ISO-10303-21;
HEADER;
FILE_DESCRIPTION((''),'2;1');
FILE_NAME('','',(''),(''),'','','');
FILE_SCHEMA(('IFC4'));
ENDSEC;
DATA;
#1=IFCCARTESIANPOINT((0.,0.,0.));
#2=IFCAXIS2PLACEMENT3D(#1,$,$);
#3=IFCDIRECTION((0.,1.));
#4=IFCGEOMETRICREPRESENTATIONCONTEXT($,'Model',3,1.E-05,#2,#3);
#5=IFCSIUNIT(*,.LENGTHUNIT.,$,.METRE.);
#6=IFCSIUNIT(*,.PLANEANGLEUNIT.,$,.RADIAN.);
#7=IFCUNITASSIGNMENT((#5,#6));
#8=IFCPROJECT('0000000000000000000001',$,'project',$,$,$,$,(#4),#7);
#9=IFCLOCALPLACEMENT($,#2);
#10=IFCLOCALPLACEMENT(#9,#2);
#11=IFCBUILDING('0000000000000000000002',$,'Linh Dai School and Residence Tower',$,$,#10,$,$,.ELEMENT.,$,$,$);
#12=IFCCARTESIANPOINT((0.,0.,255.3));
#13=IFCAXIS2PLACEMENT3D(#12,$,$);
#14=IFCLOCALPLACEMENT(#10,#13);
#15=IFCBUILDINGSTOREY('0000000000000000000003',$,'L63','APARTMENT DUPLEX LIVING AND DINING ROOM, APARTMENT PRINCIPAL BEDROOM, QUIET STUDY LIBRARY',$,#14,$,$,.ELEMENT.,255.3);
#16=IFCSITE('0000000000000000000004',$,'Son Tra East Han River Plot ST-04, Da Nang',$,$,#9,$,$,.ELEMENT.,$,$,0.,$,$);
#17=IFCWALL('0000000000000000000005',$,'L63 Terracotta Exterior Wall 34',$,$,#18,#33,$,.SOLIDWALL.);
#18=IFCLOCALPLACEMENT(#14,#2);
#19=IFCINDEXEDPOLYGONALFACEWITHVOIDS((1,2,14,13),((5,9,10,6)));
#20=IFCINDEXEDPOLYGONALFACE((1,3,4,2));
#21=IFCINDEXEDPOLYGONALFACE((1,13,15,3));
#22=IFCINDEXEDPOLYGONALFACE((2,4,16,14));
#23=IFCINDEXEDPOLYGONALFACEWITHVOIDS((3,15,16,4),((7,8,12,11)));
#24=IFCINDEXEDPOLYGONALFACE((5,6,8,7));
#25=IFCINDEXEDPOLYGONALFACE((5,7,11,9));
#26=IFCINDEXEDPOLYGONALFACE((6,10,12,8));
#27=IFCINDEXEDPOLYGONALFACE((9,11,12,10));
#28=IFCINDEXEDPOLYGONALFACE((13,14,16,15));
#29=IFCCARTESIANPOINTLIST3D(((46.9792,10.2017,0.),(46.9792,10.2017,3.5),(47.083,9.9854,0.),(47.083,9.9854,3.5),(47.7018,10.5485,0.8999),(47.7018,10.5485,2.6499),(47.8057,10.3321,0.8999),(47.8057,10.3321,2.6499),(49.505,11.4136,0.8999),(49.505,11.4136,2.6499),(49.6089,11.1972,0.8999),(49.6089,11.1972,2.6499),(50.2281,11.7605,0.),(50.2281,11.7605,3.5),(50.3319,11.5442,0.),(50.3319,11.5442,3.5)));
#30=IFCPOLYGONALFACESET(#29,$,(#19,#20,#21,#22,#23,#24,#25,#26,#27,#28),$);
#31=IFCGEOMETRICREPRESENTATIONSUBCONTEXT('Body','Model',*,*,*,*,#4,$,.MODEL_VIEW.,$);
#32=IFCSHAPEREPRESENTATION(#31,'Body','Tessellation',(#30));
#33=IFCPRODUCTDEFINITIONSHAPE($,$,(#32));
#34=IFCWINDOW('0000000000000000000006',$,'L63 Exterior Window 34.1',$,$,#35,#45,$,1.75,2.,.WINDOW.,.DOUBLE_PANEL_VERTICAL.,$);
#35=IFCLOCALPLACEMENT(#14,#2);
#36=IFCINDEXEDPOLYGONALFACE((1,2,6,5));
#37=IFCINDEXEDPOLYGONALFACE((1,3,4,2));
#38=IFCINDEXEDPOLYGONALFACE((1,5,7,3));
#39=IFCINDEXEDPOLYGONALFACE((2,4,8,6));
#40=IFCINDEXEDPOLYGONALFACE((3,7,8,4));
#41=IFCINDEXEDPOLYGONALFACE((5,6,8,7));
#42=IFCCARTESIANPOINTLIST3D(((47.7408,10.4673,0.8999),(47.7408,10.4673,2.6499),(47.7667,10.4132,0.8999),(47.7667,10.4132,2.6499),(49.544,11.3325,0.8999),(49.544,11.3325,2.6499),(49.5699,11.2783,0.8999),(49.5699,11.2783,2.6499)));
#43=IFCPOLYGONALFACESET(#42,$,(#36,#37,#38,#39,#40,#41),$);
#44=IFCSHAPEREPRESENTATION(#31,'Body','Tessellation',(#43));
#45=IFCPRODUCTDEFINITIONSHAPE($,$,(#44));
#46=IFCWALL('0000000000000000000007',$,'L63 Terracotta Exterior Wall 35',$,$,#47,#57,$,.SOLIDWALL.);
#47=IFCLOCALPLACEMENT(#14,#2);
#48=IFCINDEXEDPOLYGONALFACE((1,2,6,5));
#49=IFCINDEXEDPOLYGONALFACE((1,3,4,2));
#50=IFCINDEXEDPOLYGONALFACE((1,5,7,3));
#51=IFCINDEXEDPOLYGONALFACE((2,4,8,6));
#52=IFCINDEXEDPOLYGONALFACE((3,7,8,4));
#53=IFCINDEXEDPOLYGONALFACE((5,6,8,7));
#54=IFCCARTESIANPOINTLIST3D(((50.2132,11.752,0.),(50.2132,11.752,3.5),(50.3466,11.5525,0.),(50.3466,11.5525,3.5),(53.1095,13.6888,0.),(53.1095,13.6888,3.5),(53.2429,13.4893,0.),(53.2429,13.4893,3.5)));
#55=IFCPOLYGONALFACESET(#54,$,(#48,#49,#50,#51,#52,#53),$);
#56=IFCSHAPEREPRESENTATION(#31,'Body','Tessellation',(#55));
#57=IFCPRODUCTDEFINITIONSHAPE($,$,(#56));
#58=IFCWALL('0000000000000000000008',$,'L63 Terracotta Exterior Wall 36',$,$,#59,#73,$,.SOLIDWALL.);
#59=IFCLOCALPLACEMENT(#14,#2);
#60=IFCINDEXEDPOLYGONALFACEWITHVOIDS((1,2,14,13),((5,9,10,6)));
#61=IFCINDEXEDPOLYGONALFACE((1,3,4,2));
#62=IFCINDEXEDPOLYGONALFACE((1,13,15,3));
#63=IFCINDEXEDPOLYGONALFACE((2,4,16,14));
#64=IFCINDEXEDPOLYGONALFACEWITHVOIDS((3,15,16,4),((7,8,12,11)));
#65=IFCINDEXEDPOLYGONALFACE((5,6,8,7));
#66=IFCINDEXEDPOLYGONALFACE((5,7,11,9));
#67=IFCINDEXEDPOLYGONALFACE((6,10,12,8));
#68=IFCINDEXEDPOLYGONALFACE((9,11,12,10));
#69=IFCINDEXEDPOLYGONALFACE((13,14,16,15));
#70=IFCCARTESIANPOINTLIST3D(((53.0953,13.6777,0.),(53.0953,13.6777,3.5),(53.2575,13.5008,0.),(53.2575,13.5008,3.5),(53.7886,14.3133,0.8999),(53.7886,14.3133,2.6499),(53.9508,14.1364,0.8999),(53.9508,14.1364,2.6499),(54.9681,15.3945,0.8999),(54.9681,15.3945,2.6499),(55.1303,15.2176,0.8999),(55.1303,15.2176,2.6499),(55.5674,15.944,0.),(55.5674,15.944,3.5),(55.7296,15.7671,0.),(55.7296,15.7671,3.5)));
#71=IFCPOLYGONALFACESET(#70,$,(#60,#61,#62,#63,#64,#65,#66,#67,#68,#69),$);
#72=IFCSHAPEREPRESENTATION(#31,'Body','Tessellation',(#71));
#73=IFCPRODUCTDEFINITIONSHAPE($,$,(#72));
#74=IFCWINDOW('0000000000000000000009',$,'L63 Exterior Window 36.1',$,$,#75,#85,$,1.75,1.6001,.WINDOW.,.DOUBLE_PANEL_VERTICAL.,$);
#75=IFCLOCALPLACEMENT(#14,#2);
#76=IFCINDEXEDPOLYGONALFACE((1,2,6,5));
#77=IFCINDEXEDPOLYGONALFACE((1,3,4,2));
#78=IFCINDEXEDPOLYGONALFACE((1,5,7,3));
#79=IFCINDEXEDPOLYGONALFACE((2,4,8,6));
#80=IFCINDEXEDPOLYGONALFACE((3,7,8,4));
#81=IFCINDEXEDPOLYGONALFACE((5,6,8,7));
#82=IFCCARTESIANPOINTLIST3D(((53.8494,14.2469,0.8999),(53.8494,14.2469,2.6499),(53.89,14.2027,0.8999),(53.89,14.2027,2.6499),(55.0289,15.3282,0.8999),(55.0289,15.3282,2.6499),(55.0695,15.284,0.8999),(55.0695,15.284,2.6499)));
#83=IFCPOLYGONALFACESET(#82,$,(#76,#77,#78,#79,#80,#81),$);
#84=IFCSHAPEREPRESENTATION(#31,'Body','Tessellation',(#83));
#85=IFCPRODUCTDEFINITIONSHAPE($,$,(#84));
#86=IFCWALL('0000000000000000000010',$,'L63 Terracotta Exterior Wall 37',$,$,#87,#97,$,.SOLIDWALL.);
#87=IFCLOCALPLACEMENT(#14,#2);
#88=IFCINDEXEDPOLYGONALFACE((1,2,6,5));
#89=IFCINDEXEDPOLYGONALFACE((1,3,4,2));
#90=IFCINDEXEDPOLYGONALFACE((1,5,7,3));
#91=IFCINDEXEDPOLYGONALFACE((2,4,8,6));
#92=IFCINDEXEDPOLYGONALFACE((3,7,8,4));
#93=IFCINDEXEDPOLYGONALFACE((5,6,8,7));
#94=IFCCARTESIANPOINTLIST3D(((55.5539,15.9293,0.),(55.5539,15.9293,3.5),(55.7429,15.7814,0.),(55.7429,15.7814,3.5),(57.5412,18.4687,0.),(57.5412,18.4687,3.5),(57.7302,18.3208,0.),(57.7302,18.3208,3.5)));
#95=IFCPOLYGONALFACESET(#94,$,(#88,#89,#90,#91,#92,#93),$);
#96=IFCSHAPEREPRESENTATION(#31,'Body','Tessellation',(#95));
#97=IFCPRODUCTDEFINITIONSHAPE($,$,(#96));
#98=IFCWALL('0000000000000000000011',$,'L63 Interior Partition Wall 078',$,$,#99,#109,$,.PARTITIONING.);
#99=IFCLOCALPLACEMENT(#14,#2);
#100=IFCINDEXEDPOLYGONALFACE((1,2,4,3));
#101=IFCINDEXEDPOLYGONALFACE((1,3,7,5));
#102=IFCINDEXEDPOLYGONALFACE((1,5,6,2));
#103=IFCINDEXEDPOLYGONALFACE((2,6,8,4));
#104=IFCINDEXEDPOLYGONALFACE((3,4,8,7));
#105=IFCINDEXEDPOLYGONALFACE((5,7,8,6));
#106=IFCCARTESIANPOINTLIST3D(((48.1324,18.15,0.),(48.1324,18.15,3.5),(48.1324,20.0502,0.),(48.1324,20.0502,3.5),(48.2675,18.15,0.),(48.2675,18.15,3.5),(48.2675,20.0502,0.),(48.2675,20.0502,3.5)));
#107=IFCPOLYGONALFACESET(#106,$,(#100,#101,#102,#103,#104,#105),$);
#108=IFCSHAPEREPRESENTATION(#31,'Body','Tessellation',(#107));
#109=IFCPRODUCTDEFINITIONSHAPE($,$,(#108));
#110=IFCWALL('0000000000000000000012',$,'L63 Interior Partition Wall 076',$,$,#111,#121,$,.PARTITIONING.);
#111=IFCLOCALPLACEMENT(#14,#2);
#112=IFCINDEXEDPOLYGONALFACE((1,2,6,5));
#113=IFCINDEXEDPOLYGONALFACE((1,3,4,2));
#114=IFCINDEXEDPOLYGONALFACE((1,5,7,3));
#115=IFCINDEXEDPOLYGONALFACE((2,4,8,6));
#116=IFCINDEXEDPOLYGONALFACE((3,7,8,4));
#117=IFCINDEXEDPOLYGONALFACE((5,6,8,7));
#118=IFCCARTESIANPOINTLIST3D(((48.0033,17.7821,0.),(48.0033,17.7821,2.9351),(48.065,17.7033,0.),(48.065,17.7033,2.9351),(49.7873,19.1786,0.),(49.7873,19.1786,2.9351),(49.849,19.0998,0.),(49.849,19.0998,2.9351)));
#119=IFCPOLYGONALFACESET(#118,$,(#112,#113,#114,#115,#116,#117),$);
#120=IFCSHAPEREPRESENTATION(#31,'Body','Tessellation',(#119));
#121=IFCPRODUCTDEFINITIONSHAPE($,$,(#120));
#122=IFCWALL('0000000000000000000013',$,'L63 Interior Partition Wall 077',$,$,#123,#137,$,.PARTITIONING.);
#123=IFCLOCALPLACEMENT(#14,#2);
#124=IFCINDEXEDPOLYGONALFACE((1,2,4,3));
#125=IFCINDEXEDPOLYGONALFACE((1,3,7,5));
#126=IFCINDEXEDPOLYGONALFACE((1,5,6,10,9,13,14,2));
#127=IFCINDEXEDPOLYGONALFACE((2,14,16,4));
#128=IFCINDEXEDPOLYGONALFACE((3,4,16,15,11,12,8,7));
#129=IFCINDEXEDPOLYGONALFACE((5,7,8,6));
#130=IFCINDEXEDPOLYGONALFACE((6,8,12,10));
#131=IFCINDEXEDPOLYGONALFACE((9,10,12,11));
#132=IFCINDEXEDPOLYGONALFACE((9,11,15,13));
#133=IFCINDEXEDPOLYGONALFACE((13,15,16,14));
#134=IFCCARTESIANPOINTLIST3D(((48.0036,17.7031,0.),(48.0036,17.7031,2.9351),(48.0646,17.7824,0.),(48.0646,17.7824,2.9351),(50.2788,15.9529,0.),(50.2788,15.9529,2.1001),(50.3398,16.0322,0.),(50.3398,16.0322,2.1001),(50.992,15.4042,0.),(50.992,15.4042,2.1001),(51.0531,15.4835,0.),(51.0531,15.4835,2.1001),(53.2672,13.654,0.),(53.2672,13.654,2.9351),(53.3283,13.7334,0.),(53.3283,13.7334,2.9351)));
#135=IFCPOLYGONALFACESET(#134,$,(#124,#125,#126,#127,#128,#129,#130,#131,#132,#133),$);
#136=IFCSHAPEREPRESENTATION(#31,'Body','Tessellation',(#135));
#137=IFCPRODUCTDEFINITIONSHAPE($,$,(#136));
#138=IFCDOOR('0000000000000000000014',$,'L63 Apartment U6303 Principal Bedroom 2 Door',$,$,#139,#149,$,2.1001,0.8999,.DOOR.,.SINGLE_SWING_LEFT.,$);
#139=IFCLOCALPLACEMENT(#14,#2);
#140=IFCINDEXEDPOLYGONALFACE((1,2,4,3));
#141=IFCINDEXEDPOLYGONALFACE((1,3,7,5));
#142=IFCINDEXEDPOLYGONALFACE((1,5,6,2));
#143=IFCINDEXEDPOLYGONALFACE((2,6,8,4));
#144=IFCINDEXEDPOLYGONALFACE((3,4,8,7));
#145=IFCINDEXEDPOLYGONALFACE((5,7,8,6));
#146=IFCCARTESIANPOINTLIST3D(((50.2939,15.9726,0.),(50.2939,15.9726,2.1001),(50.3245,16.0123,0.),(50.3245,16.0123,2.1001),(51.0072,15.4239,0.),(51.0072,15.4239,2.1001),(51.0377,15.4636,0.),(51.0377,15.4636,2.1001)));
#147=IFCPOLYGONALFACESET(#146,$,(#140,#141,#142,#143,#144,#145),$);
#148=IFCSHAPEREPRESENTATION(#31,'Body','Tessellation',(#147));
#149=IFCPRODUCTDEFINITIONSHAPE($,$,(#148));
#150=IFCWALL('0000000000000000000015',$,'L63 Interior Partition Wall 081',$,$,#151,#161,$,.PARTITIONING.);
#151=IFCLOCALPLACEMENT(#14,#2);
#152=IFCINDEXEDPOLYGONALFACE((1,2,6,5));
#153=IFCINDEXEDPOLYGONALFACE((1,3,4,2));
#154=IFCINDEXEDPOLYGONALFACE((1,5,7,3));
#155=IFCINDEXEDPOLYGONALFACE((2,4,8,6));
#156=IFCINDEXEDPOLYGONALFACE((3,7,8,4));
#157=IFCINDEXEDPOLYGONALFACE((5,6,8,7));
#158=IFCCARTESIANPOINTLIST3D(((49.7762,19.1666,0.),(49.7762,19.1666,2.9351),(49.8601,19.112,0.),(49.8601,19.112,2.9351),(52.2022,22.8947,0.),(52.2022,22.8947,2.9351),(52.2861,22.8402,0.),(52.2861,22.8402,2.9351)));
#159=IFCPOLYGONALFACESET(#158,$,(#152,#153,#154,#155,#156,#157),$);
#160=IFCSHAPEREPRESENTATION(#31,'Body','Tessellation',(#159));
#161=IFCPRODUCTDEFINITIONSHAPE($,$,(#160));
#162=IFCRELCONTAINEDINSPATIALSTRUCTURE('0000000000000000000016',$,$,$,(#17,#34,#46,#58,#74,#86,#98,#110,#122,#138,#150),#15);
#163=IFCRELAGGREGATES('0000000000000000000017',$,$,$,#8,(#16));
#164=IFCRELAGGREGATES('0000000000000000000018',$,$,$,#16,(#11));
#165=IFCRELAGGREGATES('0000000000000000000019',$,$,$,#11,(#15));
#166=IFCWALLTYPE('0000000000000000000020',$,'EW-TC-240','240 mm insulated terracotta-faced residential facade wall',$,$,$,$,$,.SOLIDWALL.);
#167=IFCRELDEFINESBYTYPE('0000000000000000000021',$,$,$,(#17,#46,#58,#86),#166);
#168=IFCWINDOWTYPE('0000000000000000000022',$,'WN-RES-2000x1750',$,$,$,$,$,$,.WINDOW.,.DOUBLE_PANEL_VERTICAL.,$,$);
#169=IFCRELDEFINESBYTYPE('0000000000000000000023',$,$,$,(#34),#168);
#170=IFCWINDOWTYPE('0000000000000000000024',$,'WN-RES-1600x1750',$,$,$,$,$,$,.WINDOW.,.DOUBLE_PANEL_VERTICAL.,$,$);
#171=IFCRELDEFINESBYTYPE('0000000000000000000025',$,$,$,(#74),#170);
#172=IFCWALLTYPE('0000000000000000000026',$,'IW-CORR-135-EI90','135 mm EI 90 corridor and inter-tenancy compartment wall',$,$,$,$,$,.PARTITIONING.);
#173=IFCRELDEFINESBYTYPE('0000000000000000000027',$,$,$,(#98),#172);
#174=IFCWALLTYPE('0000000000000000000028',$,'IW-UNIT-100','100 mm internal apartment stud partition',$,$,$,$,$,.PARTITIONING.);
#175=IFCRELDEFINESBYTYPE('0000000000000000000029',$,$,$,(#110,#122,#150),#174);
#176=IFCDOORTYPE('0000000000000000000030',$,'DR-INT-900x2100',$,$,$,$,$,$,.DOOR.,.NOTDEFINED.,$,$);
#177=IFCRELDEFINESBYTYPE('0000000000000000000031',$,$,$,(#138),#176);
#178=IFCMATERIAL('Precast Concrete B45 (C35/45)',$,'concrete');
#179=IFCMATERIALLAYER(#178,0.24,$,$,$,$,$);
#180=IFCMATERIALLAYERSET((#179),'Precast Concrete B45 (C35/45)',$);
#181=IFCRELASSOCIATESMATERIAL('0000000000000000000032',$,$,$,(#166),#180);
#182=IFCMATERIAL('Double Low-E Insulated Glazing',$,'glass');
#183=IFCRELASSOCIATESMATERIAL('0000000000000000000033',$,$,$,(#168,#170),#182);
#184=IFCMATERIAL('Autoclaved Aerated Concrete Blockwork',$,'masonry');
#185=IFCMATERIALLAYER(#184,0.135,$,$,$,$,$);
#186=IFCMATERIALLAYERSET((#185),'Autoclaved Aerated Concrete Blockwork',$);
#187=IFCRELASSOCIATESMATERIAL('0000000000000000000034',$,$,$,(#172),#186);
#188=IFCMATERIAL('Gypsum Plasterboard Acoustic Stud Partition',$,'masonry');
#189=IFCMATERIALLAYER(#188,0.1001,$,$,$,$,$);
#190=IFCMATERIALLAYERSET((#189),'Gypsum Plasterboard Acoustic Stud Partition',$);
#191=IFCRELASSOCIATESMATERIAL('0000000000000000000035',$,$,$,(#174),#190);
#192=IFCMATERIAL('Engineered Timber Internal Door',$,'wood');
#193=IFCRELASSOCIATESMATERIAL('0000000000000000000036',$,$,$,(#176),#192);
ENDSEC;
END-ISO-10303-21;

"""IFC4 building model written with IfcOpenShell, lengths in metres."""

from ifc_helpers import new_model, si_unit, direction, frame, frame_2d, origin, origin_2d, place, context, subcontext, project, spatial, rectangle, extrude, source, transform, mapped, material, layer, layer_set, type_object, element, fill, save


model = new_model("IFC4")

# Units and contexts
model_context = context("Model", 3, precision=1e-05, world=origin(), true_north=direction((0.0, 1.0)))
body_context = subcontext(model_context, "Body", "Model", "MODEL_VIEW")
ifc_project = project(units=[si_unit("LENGTHUNIT", "METRE"), si_unit("PLANEANGLEUNIT", "RADIAN")], contexts=[model_context])

# Site, building, storey
site_placement = place(None, origin())
site = spatial("IfcSite", under=ifc_project, at=site_placement, Name="Son Tra East Han River Plot ST-04, Da Nang", CompositionType="ELEMENT", RefElevation=0.0)
building_placement = place(site_placement, origin())
building = spatial("IfcBuilding", under=site, at=building_placement, Name="Linh Dai School and Residence Tower", CompositionType="ELEMENT")
storey_placement = place(building_placement, frame((0.0, 0.0, 255.3)))
storey = spatial("IfcBuildingStorey", under=building, at=storey_placement, Name="L63", Description="APARTMENT DUPLEX LIVING AND DINING ROOM, APARTMENT PRINCIPAL BEDROOM, QUIET STUDY LIBRARY", CompositionType="ELEMENT", Elevation=255.3)

# Shared definitions
ifc_material_1 = material(Name="Precast Concrete B45 (C35/45)", Category="concrete")

# Shared definitions
ifc_layer_1 = layer(ifc_material_1, 0.24)
ifc_layer_set_1 = layer_set([ifc_layer_1], Name="Precast Concrete B45 (C35/45)")
wall_type_1 = type_object("IfcWallType", Name="EW-TC-240", Description="240 mm insulated terracotta-faced residential facade wall", PredefinedType="SOLIDWALL", material=ifc_layer_set_1)

# Wall, opening, window
wall_1_placement = place(storey_placement, frame((50.28, 11.6523, 0.0), z_axis=(0.0, 0.0, 1.0), x_axis=(-0.901598, -0.432575, 0.0)))
wall_1 = element("IfcWall", 1, at=wall_1_placement, inside=storey, type_object=wall_type_1, Name="L63 Terracotta Exterior Wall 34", PredefinedType="SOLIDWALL", context=body_context, shape_type="SweptSolid", body=[
    extrude(rectangle(XDim=3.6035, YDim=0.24, at=frame_2d((1.8018, 0.0))), origin(), (0.0, 0.0, 1.0), 3.5),
])
opening_1_placement = place(wall_1_placement, frame((0.802, 0.0, 0.8999)))
opening_1 = element("IfcOpeningElement", 2, at=opening_1_placement, cuts=wall_1, PredefinedType="OPENING", context=body_context, shape_type="SweptSolid", body=[
    extrude(rectangle(XDim=2.0, YDim=1.75, at=origin_2d()), frame((1.0, 0.1299, 0.875), z_axis=(0.0, -1.0, 0.0), x_axis=(1.0, 0.0, 0.0)), (0.0, 0.0, 1.0), 0.26),
])
ifc_material_2 = material(Name="Double Low-E Insulated Glazing", Category="glass")
window_type_1 = type_object("IfcWindowType", Name="WN-RES-2000x1750", PartitioningType="DOUBLE_PANEL_VERTICAL", PredefinedType="WINDOW", material=ifc_material_2)
shared_shape_1 = source(origin(), body_context, "Body", "SweptSolid", [
    extrude(rectangle(XDim=2.0, YDim=1.75, at=origin_2d()), frame((1.0, 0.03, 0.875), z_axis=(0.0, -1.0, 0.0), x_axis=(1.0, 0.0, 0.0)), (0.0, 0.0, 1.0), 0.0601),
])
window_1_placement = place(opening_1_placement, origin())
window_1 = element("IfcWindow", 3, at=window_1_placement, inside=storey, type_object=window_type_1, Name="L63 Exterior Window 34.1", OverallHeight=1.75, OverallWidth=2.0, PartitioningType="DOUBLE_PANEL_VERTICAL", PredefinedType="WINDOW", context=body_context, shape_type="MappedRepresentation", body=[
    mapped(shared_shape_1, transform((0.0, 0.0, 0.0), x_axis=(1.0, 0.0, 0.0), y_axis=(0.0, 1.0, 0.0), z_axis=(0.0, 0.0, 1.0), scale=1.0)),
])
fill(opening_1, window_1)

# Wall
wall_2_placement = place(storey_placement, frame((53.1763, 13.5891, 0.0), z_axis=(0.0, 0.0, 1.0), x_axis=(-0.831262, -0.55588, 0.0)))
element("IfcWall", 4, at=wall_2_placement, inside=storey, type_object=wall_type_1, Name="L63 Terracotta Exterior Wall 35", PredefinedType="SOLIDWALL", context=body_context, shape_type="SweptSolid", body=[
    extrude(rectangle(XDim=3.4841, YDim=0.24, at=frame_2d((1.7422, 0.0))), origin(), (0.0, 0.0, 1.0), 3.5),
])

# Wall, opening, window
wall_3_placement = place(storey_placement, frame((55.6484, 15.8555, 0.0), z_axis=(0.0, 0.0, 1.0), x_axis=(-0.737124, -0.675758, 0.0)))
wall_3 = element("IfcWall", 5, at=wall_3_placement, inside=storey, type_object=wall_type_1, Name="L63 Terracotta Exterior Wall 36", PredefinedType="SOLIDWALL", context=body_context, shape_type="SweptSolid", body=[
    extrude(rectangle(XDim=3.3538, YDim=0.24, at=frame_2d((1.6768, 0.0))), origin(), (0.0, 0.0, 1.0), 3.5),
])
opening_2_placement = place(wall_3_placement, frame((0.813, 0.0, 0.8999)))
opening_2 = element("IfcOpeningElement", 6, at=opening_2_placement, cuts=wall_3, PredefinedType="OPENING", context=body_context, shape_type="SweptSolid", body=[
    extrude(rectangle(XDim=1.6001, YDim=1.75, at=origin_2d()), frame((0.8, 0.1299, 0.875), z_axis=(0.0, -1.0, 0.0), x_axis=(1.0, 0.0, 0.0)), (0.0, 0.0, 1.0), 0.26),
])
window_type_2 = type_object("IfcWindowType", Name="WN-RES-1600x1750", PartitioningType="DOUBLE_PANEL_VERTICAL", PredefinedType="WINDOW", material=ifc_material_2)
shared_shape_2 = source(origin(), body_context, "Body", "SweptSolid", [
    extrude(rectangle(XDim=1.6001, YDim=1.75, at=origin_2d()), frame((0.8, 0.03, 0.875), z_axis=(0.0, -1.0, 0.0), x_axis=(1.0, 0.0, 0.0)), (0.0, 0.0, 1.0), 0.0601),
])
window_2_placement = place(opening_2_placement, origin())
window_2 = element("IfcWindow", 7, at=window_2_placement, inside=storey, type_object=window_type_2, Name="L63 Exterior Window 36.1", OverallHeight=1.75, OverallWidth=1.6001, PartitioningType="DOUBLE_PANEL_VERTICAL", PredefinedType="WINDOW", context=body_context, shape_type="MappedRepresentation", body=[
    mapped(shared_shape_2, transform((0.0, 0.0, 0.0), x_axis=(1.0, 0.0, 0.0), y_axis=(0.0, 1.0, 0.0), z_axis=(0.0, 0.0, 1.0), scale=1.0)),
])
fill(opening_2, window_2)

# Walls
wall_4_placement = place(storey_placement, frame((57.6357, 18.3948, 0.0), z_axis=(0.0, 0.0, 1.0), x_axis=(-0.616312, -0.787502, 0.0)))
element("IfcWall", 8, at=wall_4_placement, inside=storey, type_object=wall_type_1, Name="L63 Terracotta Exterior Wall 37", PredefinedType="SOLIDWALL", context=body_context, shape_type="SweptSolid", body=[
    extrude(rectangle(XDim=3.2246, YDim=0.24, at=frame_2d((1.6123, 0.0))), origin(), (0.0, 0.0, 1.0), 3.5),
])
ifc_material_3 = material(Name="Autoclaved Aerated Concrete Blockwork", Category="masonry")
ifc_layer_2 = layer(ifc_material_3, 0.135)
ifc_layer_set_2 = layer_set([ifc_layer_2], Name="Autoclaved Aerated Concrete Blockwork")
wall_type_2 = type_object("IfcWallType", Name="IW-CORR-135-EI90", Description="135 mm EI 90 corridor and inter-tenancy compartment wall", PredefinedType="PARTITIONING", material=ifc_layer_set_2)
wall_5_placement = place(storey_placement, frame((48.2, 18.1499, 0.0), z_axis=(0.0, 0.0, 1.0), x_axis=(0.0, 1.0, 0.0)))
element("IfcWall", 9, at=wall_5_placement, inside=storey, type_object=wall_type_2, Name="L63 Interior Partition Wall 078", PredefinedType="PARTITIONING", context=body_context, shape_type="SweptSolid", body=[
    extrude(rectangle(XDim=1.9001, YDim=0.135, at=frame_2d((0.9502, 0.0))), origin(), (0.0, 0.0, 1.0), 3.5),
])
ifc_material_4 = material(Name="Gypsum Plasterboard Acoustic Stud Partition", Category="masonry")
ifc_layer_3 = layer(ifc_material_4, 0.1001)
ifc_layer_set_3 = layer_set([ifc_layer_3], Name="Gypsum Plasterboard Acoustic Stud Partition")
wall_type_3 = type_object("IfcWallType", Name="IW-UNIT-100", Description="100 mm internal apartment stud partition", PredefinedType="PARTITIONING", material=ifc_layer_set_3)
wall_6_placement = place(storey_placement, frame((48.0342, 17.7427, 0.0), z_axis=(0.0, 0.0, 1.0), x_axis=(0.787428, 0.616407, 0.0)))
element("IfcWall", 10, at=wall_6_placement, inside=storey, type_object=wall_type_3, Name="L63 Interior Partition Wall 076", PredefinedType="PARTITIONING", context=body_context, shape_type="SweptSolid", body=[
    extrude(rectangle(XDim=2.2656, YDim=0.1001, at=frame_2d((1.1328, 0.0))), origin(), (0.0, 0.0, 1.0), 2.9351),
])

# Wall, opening, door
wall_7_placement = place(storey_placement, frame((48.0342, 17.7427, 0.0), z_axis=(0.0, 0.0, 1.0), x_axis=(0.792617, -0.60972, 0.0)))
wall_7 = element("IfcWall", 11, at=wall_7_placement, inside=storey, type_object=wall_type_3, Name="L63 Interior Partition Wall 077", PredefinedType="PARTITIONING", context=body_context, shape_type="SweptSolid", body=[
    extrude(rectangle(XDim=6.6409, YDim=0.1001, at=frame_2d((3.3203, 0.0))), origin(), (0.0, 0.0, 1.0), 2.9351),
])
opening_3_placement = place(wall_7_placement, frame((2.8704, 0.0, 0.0)))
opening_3 = element("IfcOpeningElement", 12, at=opening_3_placement, cuts=wall_7, PredefinedType="OPENING", context=body_context, shape_type="SweptSolid", body=[
    extrude(rectangle(XDim=0.8999, YDim=2.1001, at=origin_2d()), frame((0.45, 0.0601, 1.05), z_axis=(0.0, -1.0, 0.0), x_axis=(1.0, 0.0, 0.0)), (0.0, 0.0, 1.0), 0.1201),
])
ifc_material_5 = material(Name="Engineered Timber Internal Door", Category="wood")
door_type = type_object("IfcDoorType", Name="DR-INT-900x2100", OperationType="NOTDEFINED", PredefinedType="DOOR", material=ifc_material_5)
shared_shape_3 = source(origin(), body_context, "Body", "SweptSolid", [
    extrude(rectangle(XDim=0.8999, YDim=2.1001, at=origin_2d()), frame((0.45, 0.0249, 1.05), z_axis=(0.0, -1.0, 0.0), x_axis=(1.0, 0.0, 0.0)), (0.0, 0.0, 1.0), 0.05),
])
door_placement = place(opening_3_placement, origin())
door = element("IfcDoor", 13, at=door_placement, inside=storey, type_object=door_type, Name="L63 Apartment U6303 Principal Bedroom 2 Door", OperationType="SINGLE_SWING_LEFT", OverallHeight=2.1001, OverallWidth=0.8999, PredefinedType="DOOR", context=body_context, shape_type="MappedRepresentation", body=[
    mapped(shared_shape_3, transform((0.0, 0.0, 0.0), x_axis=(1.0, 0.0, 0.0), y_axis=(0.0, 1.0, 0.0), z_axis=(0.0, 0.0, 1.0), scale=1.0)),
])
fill(opening_3, door)

# Wall
wall_8_placement = place(storey_placement, frame((49.8181, 19.1392, 0.0), z_axis=(0.0, 0.0, 1.0), x_axis=(0.545407, 0.838171, 0.0)))
element("IfcWall", 14, at=wall_8_placement, inside=storey, type_object=wall_type_3, Name="L63 Interior Partition Wall 081", PredefinedType="PARTITIONING", context=body_context, shape_type="SweptSolid", body=[
    extrude(rectangle(XDim=4.448, YDim=0.1001, at=frame_2d((2.2241, 0.0))), origin(), (0.0, 0.0, 1.0), 2.9351),
])

save(model, "model.ifc")
